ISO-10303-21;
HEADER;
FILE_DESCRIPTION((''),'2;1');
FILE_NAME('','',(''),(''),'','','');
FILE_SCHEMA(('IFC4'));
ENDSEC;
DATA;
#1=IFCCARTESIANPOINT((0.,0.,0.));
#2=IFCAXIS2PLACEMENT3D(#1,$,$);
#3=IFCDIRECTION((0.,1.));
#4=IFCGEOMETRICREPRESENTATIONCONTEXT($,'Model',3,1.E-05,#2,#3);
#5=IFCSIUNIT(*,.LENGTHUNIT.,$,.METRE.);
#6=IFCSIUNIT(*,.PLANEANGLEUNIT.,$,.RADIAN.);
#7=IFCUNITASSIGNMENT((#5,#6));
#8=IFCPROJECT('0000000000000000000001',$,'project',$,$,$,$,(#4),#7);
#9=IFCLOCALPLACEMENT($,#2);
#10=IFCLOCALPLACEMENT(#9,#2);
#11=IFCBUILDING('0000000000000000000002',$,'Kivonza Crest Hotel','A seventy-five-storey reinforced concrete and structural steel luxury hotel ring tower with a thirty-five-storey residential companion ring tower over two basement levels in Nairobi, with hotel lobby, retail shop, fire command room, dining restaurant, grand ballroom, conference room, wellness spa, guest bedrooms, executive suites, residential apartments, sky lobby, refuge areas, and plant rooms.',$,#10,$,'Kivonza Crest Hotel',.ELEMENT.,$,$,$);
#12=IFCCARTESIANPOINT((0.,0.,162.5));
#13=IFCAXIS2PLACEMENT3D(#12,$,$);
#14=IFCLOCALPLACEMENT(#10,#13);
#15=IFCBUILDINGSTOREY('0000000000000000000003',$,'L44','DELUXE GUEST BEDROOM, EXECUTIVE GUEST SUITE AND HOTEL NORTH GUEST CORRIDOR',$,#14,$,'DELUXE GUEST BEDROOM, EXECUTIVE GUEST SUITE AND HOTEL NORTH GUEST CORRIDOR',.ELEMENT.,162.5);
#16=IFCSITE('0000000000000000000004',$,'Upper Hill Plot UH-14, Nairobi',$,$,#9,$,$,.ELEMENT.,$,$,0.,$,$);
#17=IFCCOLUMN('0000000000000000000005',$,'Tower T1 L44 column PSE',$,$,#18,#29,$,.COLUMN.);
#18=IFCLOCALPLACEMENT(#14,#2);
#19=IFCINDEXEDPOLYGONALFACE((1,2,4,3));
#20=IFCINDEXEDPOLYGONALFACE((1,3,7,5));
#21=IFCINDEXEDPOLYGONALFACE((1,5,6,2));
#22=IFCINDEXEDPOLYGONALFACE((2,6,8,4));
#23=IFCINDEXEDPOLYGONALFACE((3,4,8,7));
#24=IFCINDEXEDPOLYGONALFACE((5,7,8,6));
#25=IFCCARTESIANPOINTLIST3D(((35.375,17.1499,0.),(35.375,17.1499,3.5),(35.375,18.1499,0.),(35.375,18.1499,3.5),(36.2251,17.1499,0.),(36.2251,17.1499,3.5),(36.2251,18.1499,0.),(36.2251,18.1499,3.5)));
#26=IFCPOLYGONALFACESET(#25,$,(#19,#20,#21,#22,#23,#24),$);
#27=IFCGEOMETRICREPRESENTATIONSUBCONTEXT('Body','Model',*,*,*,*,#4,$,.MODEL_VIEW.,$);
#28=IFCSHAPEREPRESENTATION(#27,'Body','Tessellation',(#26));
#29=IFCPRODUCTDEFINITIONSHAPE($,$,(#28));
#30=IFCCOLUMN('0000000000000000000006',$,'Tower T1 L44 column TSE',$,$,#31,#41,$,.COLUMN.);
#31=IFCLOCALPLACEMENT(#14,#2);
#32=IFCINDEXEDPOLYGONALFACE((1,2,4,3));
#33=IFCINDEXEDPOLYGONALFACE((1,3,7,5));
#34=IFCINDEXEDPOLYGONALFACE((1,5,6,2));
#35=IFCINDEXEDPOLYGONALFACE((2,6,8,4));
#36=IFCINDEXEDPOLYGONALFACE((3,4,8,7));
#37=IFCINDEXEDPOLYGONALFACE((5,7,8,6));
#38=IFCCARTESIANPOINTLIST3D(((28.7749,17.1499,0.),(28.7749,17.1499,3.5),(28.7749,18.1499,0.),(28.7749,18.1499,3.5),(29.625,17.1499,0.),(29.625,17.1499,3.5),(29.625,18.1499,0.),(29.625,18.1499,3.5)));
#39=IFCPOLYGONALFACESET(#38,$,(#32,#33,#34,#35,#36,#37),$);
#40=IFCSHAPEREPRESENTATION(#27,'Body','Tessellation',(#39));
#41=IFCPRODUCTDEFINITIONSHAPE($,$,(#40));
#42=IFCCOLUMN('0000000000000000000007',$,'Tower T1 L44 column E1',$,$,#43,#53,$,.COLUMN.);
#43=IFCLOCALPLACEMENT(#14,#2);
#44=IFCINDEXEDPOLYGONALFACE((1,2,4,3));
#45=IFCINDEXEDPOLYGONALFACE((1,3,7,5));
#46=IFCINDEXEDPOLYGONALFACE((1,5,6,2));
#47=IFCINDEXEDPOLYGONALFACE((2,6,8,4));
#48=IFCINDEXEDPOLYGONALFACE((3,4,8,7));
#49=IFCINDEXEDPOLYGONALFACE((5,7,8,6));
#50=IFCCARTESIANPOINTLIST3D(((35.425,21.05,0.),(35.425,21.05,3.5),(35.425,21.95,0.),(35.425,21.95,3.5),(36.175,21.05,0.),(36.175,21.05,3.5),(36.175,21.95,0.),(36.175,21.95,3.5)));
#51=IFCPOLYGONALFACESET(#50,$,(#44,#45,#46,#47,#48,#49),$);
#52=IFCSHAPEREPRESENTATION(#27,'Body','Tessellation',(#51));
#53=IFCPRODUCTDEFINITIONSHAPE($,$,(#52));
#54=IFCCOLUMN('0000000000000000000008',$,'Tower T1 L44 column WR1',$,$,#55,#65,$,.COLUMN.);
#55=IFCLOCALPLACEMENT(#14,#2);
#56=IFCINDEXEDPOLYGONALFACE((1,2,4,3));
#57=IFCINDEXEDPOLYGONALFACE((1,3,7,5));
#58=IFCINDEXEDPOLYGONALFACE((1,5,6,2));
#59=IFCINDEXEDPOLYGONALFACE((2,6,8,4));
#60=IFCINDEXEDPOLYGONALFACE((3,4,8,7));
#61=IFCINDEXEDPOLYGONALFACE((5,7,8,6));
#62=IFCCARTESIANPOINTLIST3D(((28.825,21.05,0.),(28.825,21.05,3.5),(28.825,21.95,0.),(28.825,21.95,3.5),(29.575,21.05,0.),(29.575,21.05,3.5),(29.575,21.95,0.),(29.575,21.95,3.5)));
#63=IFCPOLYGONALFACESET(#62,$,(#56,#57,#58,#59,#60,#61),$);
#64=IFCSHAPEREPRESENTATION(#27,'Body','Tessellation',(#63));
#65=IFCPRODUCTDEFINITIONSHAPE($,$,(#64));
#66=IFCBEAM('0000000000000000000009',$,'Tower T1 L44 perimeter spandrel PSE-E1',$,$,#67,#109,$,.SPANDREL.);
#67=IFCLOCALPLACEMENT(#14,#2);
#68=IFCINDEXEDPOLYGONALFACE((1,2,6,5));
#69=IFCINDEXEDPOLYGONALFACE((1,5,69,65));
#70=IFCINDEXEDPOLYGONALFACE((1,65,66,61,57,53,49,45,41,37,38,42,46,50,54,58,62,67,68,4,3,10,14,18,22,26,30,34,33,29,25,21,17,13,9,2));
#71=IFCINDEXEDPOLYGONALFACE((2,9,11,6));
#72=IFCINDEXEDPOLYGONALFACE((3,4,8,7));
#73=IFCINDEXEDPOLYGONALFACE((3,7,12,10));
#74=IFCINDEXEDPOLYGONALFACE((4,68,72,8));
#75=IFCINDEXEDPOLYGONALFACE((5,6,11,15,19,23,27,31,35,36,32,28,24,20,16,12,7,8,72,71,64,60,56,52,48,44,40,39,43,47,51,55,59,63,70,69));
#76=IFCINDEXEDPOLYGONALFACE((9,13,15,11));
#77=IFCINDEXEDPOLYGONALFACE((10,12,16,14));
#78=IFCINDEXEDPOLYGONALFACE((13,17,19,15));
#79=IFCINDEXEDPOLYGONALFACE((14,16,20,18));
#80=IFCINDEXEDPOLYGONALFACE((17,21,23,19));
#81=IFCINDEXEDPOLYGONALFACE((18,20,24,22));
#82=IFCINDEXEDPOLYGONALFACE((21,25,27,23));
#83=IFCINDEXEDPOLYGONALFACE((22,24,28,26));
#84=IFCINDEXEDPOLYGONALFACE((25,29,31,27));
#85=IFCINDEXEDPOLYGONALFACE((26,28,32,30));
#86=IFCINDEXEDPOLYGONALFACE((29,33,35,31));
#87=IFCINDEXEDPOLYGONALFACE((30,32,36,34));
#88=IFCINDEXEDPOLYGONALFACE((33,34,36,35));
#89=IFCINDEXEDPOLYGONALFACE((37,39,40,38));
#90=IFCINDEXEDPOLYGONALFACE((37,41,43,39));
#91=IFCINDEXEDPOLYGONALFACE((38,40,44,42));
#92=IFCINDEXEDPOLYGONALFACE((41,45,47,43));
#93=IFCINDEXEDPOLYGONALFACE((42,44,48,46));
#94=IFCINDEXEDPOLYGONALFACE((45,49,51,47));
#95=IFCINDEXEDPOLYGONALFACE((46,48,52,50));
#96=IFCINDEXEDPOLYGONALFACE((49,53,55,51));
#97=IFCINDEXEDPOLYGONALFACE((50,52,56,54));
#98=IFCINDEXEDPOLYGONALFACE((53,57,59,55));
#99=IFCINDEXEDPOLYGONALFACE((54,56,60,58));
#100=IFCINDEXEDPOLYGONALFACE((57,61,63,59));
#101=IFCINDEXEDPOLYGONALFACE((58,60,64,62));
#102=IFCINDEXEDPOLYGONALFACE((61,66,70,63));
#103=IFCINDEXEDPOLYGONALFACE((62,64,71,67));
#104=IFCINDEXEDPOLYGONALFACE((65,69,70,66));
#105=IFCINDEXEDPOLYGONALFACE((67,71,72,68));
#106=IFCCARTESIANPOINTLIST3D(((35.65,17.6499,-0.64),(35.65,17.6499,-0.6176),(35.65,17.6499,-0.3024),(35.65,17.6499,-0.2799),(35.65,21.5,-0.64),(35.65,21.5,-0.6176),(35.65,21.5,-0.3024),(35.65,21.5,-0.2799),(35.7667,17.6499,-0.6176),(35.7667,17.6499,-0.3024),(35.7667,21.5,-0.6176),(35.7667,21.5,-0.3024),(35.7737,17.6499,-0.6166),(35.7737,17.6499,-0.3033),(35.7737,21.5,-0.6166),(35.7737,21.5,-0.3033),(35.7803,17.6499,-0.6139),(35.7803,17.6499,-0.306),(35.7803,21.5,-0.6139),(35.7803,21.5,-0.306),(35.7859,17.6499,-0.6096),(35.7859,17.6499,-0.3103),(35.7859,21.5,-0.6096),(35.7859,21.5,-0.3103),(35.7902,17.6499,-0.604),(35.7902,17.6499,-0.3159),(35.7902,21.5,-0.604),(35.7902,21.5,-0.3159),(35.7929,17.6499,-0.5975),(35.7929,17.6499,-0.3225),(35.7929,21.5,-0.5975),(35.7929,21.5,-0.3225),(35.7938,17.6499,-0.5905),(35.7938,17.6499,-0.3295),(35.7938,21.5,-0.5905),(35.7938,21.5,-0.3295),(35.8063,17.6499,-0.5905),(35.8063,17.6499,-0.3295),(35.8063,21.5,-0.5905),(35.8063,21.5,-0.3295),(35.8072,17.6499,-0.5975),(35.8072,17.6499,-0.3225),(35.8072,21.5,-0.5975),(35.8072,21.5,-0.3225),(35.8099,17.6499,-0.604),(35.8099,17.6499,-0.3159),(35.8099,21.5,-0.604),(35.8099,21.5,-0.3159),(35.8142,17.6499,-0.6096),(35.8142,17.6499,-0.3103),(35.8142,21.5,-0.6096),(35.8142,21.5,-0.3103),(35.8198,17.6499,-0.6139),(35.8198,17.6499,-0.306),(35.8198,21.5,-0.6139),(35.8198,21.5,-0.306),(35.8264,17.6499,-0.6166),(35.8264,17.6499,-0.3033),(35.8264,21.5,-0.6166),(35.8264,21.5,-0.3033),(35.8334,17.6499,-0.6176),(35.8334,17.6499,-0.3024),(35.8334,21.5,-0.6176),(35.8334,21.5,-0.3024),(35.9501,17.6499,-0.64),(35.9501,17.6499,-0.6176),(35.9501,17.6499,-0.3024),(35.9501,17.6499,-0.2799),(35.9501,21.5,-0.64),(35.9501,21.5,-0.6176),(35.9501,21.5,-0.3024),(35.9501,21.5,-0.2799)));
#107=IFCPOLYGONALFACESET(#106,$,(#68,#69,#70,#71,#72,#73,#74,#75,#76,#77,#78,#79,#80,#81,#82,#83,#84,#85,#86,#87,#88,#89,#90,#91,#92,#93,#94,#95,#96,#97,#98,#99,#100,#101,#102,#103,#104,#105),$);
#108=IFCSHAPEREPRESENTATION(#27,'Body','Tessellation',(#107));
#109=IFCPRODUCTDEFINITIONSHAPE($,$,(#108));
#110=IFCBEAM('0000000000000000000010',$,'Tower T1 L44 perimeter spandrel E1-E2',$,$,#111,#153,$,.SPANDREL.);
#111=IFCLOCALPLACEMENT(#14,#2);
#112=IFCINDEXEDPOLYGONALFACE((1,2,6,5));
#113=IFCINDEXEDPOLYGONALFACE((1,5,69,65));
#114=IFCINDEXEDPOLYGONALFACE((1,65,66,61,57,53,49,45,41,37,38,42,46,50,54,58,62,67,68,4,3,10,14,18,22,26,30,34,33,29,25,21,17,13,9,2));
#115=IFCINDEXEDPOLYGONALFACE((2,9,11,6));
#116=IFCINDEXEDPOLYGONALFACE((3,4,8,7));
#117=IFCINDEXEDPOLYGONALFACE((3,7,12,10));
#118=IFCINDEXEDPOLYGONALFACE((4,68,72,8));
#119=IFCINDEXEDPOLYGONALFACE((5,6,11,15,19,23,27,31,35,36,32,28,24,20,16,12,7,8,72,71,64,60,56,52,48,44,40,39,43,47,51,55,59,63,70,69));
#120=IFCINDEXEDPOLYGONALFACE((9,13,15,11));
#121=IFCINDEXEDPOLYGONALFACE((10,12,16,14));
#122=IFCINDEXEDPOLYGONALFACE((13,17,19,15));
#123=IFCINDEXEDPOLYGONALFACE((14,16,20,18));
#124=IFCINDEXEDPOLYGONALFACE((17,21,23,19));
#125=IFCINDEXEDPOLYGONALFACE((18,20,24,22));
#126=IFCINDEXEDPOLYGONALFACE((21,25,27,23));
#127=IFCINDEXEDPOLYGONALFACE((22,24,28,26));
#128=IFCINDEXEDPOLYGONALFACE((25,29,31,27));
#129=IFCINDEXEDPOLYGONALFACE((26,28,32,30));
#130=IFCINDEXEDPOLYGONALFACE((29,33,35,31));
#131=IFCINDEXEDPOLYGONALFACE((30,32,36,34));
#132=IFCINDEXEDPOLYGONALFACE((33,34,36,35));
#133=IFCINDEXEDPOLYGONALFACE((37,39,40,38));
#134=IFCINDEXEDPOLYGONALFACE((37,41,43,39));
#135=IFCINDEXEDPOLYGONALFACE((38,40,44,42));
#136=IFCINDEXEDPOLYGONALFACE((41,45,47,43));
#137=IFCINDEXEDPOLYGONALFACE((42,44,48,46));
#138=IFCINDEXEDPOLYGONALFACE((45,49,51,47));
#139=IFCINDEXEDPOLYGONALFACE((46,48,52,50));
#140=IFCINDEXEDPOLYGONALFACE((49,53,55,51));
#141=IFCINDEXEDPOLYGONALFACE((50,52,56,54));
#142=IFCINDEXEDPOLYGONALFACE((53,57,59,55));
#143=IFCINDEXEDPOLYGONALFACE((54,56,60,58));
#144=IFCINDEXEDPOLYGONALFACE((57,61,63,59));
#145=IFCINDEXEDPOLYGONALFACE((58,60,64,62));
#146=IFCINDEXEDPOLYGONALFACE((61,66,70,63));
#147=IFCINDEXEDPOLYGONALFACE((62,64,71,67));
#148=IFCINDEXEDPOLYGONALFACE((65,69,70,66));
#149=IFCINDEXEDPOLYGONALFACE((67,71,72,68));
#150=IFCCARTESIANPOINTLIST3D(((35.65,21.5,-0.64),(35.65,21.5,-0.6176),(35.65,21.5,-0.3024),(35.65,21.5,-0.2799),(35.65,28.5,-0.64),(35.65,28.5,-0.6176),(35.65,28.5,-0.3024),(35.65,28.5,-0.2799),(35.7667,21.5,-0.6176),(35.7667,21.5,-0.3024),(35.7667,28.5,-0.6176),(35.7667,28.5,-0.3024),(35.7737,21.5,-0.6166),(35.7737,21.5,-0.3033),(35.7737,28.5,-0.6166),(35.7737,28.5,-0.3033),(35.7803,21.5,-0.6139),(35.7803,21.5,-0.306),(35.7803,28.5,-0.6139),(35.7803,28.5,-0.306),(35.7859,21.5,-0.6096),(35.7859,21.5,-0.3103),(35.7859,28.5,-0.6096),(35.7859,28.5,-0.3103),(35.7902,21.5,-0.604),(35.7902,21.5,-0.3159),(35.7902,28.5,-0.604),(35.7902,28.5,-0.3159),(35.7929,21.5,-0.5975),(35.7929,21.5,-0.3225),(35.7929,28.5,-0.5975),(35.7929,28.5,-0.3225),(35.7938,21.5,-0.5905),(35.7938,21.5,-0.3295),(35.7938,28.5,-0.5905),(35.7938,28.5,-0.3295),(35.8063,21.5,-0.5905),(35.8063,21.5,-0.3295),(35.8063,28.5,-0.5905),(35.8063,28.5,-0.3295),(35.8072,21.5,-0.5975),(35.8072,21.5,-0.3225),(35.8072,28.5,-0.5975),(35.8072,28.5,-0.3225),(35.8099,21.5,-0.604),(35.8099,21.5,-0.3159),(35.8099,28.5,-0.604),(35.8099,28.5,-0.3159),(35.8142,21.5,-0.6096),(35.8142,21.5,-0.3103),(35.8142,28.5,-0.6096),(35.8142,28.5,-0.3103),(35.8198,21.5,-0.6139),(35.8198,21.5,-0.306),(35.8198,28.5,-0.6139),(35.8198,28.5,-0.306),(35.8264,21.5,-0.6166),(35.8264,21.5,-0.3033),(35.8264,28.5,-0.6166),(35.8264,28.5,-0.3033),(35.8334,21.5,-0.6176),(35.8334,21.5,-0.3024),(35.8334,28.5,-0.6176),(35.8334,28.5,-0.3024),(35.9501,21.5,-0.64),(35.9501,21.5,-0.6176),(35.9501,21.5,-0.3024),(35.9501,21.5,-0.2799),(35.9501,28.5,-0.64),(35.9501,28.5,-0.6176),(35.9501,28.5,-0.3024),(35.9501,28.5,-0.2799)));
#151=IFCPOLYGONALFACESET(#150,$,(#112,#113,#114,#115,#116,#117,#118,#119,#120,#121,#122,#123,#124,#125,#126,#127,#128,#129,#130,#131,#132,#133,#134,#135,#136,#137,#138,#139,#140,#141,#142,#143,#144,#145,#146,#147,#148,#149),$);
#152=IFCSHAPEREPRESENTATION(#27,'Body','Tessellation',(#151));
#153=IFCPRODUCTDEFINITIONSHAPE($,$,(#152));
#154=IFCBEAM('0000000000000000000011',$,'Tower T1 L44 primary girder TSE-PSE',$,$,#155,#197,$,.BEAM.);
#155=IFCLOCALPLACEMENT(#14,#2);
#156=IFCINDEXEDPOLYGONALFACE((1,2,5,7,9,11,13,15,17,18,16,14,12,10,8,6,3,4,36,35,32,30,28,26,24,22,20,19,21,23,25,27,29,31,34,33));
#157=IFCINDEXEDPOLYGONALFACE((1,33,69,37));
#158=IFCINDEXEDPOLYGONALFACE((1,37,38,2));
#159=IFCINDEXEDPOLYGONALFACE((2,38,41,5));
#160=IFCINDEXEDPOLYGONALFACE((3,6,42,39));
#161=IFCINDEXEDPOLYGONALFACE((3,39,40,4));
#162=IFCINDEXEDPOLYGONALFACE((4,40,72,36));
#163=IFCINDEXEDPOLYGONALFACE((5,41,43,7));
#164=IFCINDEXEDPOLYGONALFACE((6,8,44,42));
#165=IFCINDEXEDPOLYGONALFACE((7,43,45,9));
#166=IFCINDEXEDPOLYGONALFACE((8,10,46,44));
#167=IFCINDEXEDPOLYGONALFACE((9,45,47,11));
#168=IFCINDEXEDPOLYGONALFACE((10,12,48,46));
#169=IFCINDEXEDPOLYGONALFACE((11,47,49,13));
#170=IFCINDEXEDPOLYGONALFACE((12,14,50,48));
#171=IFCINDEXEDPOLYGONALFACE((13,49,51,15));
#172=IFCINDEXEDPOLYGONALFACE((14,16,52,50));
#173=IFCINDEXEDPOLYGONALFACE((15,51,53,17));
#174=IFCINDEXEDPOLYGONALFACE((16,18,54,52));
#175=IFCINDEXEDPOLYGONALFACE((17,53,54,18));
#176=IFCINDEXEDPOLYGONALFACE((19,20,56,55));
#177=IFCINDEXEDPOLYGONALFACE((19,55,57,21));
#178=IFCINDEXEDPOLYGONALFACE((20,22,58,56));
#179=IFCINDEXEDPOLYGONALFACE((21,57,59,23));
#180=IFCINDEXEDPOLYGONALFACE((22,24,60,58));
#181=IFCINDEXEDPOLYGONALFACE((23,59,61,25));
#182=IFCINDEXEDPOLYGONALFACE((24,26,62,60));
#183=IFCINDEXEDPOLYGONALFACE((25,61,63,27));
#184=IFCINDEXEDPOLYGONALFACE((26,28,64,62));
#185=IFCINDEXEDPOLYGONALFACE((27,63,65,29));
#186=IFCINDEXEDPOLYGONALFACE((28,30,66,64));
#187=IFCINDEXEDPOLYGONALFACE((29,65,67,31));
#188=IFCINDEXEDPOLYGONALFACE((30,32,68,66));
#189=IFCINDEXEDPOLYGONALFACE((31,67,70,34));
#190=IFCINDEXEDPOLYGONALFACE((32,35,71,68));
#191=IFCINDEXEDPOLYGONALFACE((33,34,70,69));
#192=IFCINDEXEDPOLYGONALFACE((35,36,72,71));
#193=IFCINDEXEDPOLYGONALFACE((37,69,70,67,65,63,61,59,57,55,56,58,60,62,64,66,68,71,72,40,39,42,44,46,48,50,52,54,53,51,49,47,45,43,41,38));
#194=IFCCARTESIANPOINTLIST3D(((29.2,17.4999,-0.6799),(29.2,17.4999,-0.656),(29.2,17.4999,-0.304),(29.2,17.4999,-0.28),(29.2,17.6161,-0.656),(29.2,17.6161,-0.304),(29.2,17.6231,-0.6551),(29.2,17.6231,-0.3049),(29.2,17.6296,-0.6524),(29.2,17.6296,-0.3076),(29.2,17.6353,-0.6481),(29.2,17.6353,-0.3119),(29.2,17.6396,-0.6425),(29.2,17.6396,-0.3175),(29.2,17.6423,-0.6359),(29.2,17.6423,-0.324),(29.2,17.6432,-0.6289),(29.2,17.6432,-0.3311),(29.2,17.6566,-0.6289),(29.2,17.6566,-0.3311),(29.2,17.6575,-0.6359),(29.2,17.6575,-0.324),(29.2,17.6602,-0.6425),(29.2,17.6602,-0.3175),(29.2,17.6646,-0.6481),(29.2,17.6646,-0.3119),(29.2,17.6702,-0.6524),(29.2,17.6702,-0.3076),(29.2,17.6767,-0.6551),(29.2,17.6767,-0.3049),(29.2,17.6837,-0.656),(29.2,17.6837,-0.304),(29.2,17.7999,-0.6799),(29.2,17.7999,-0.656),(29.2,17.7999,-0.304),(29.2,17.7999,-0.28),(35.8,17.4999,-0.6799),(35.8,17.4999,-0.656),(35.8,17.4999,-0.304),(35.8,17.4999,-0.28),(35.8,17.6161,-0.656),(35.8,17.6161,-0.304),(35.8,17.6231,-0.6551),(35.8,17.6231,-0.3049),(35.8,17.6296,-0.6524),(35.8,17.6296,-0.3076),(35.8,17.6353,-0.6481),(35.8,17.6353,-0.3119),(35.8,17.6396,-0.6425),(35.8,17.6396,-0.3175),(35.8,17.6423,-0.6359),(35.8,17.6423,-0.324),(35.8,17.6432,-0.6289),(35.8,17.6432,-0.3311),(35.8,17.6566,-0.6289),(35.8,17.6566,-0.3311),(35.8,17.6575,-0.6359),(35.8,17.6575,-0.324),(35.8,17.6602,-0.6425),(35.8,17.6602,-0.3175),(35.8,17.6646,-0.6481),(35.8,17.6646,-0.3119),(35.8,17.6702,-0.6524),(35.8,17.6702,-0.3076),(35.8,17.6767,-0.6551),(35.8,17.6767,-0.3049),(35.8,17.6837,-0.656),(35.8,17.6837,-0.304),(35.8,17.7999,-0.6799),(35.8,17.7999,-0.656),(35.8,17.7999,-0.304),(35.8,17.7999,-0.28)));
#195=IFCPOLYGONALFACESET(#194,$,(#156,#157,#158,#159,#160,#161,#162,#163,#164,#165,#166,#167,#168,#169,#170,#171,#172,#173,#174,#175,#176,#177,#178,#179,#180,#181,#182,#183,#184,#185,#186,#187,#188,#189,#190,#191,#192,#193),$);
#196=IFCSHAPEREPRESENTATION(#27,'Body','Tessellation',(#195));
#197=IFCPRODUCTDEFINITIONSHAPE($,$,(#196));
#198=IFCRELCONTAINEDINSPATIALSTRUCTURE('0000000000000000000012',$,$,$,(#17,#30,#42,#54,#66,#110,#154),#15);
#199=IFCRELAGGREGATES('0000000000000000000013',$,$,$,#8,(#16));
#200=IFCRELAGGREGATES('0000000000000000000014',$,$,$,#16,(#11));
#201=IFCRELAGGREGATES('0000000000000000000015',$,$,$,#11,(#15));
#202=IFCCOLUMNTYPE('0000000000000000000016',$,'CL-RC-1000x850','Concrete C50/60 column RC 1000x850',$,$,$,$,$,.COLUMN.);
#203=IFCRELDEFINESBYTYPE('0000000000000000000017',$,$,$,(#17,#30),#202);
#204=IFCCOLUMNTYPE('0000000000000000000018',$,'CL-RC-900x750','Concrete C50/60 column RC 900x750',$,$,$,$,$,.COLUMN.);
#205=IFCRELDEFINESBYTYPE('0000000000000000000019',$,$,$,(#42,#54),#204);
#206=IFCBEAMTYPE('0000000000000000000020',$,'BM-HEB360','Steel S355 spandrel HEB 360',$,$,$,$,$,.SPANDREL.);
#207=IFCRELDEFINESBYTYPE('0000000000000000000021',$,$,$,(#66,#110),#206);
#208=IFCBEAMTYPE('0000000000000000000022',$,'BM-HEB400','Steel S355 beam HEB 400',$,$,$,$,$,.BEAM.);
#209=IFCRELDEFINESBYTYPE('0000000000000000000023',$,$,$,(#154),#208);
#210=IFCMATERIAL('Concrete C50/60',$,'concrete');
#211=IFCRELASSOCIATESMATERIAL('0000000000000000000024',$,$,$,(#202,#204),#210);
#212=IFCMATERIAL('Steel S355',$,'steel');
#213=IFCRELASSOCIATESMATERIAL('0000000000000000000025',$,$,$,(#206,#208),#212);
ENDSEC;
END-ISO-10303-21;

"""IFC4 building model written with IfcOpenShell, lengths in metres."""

from ifc_helpers import new_model, si_unit, direction, frame, origin, origin_2d, place, context, subcontext, project, spatial, rectangle, i_section, extrude, material, material_profile, profile_set, type_object, element, save


model = new_model("IFC4")

# Units and contexts
model_context = context("Model", 3, precision=1e-05, world=origin(), true_north=direction((0.0, 1.0)))
body_context = subcontext(model_context, "Body", "Model", "MODEL_VIEW")
ifc_project = project(units=[si_unit("LENGTHUNIT", "METRE"), si_unit("PLANEANGLEUNIT", "RADIAN")], contexts=[model_context])

# Site, building, storey
site_placement = place(None, origin())
site = spatial("IfcSite", under=ifc_project, at=site_placement, Name="Upper Hill Plot UH-14, Nairobi", CompositionType="ELEMENT", RefElevation=0.0)
building_placement = place(site_placement, origin())
building = spatial("IfcBuilding", under=site, at=building_placement, Name="Kivonza Crest Hotel", Description="A seventy-five-storey reinforced concrete and structural steel luxury hotel ring tower with a thirty-five-storey residential companion ring tower over two basement levels in Nairobi, with hotel lobby, retail shop, fire command room, dining restaurant, grand ballroom, conference room, wellness spa, guest bedrooms, executive suites, residential apartments, sky lobby, refuge areas, and plant rooms.", LongName="Kivonza Crest Hotel", CompositionType="ELEMENT")
storey_placement = place(building_placement, frame((0.0, 0.0, 162.5)))
storey = spatial("IfcBuildingStorey", under=building, at=storey_placement, Name="L44", Description="DELUXE GUEST BEDROOM, EXECUTIVE GUEST SUITE AND HOTEL NORTH GUEST CORRIDOR", LongName="DELUXE GUEST BEDROOM, EXECUTIVE GUEST SUITE AND HOTEL NORTH GUEST CORRIDOR", CompositionType="ELEMENT", Elevation=162.5)

# Columns
ifc_material_1 = material(Name="Concrete C50/60", Category="concrete")
ifc_material_profile_1 = material_profile(ifc_material_1, rectangle(XDim=0.8501, YDim=1.0, at=origin_2d()), Name="RC 1000x850")
ifc_profile_set_1 = profile_set([ifc_material_profile_1], Name="Concrete C50/60")
column_type_1 = type_object("IfcColumnType", Name="CL-RC-1000x850", Description="Concrete C50/60 column RC 1000x850", PredefinedType="COLUMN", material=ifc_profile_set_1)
for number, where, z_axis, x_axis, name in (
    (1, (35.8, 17.6499, 0.0), (0.0, 0.0, 1.0), (1.0, 0.0, 0.0), "Tower T1 L44 column PSE"),
    (2, (29.2, 17.6499, 0.0), (0.0, 0.0, 1.0), (1.0, 0.0, 0.0), "Tower T1 L44 column TSE"),
):
    element("IfcColumn", number, at=place(storey_placement, frame(where, z_axis=z_axis, x_axis=x_axis)), inside=storey, type_object=column_type_1, Name=name, PredefinedType="COLUMN", context=body_context, shape_type="SweptSolid", body=[
        extrude(rectangle(XDim=0.8501, YDim=1.0, at=origin_2d()), origin(), (0.0, 0.0, 1.0), 3.5),
    ])
ifc_material_profile_2 = material_profile(ifc_material_1, rectangle(XDim=0.75, YDim=0.8999, at=origin_2d()), Name="RC 900x750")
ifc_profile_set_2 = profile_set([ifc_material_profile_2], Name="Concrete C50/60")
column_type_2 = type_object("IfcColumnType", Name="CL-RC-900x750", Description="Concrete C50/60 column RC 900x750", PredefinedType="COLUMN", material=ifc_profile_set_2)
for number, where, z_axis, x_axis, name in (
    (3, (35.8, 21.5, 0.0), (0.0, 0.0, 1.0), (1.0, 0.0, 0.0), "Tower T1 L44 column E1"),
    (4, (29.2, 21.5, 0.0), (0.0, 0.0, 1.0), (1.0, 0.0, 0.0), "Tower T1 L44 column WR1"),
):
    element("IfcColumn", number, at=place(storey_placement, frame(where, z_axis=z_axis, x_axis=x_axis)), inside=storey, type_object=column_type_2, Name=name, PredefinedType="COLUMN", context=body_context, shape_type="SweptSolid", body=[
        extrude(rectangle(XDim=0.75, YDim=0.8999, at=origin_2d()), origin(), (0.0, 0.0, 1.0), 3.5),
    ])

# Beams
ifc_material_2 = material(Name="Steel S355", Category="steel")
ifc_material_profile_3 = material_profile(ifc_material_2, i_section(OverallWidth=0.3, OverallDepth=0.3601, WebThickness=0.0125, FlangeThickness=0.0225, FilletRadius=0.0271, at=origin_2d()), Name="HEB 360")
ifc_profile_set_3 = profile_set([ifc_material_profile_3], Name="Steel S355")
beam_type_1 = type_object("IfcBeamType", Name="BM-HEB360", Description="Steel S355 spandrel HEB 360", PredefinedType="SPANDREL", material=ifc_profile_set_3)
beam_1_placement = place(storey_placement, frame((35.8, 17.6499, -0.46), z_axis=(0.0, 1.0, 0.0), x_axis=(-1.0, 0.0, 0.0)))
element("IfcBeam", 5, at=beam_1_placement, inside=storey, type_object=beam_type_1, Name="Tower T1 L44 perimeter spandrel PSE-E1", PredefinedType="SPANDREL", context=body_context, shape_type="SweptSolid", body=[
    extrude(i_section(OverallWidth=0.3, OverallDepth=0.3601, WebThickness=0.0125, FlangeThickness=0.0225, FilletRadius=0.0271, at=origin_2d()), origin(), (0.0, 0.0, 1.0), 3.8501),
])
beam_2_placement = place(storey_placement, frame((35.8, 21.5, -0.46), z_axis=(0.0, 1.0, 0.0), x_axis=(-1.0, 0.0, 0.0)))
element("IfcBeam", 6, at=beam_2_placement, inside=storey, type_object=beam_type_1, Name="Tower T1 L44 perimeter spandrel E1-E2", PredefinedType="SPANDREL", context=body_context, shape_type="SweptSolid", body=[
    extrude(i_section(OverallWidth=0.3, OverallDepth=0.3601, WebThickness=0.0125, FlangeThickness=0.0225, FilletRadius=0.0271, at=origin_2d()), origin(), (0.0, 0.0, 1.0), 7.0),
])
ifc_material_profile_4 = material_profile(ifc_material_2, i_section(OverallWidth=0.3, OverallDepth=0.3999, WebThickness=0.0134, FlangeThickness=0.0239, FilletRadius=0.0271, at=origin_2d()), Name="HEB 400")
ifc_profile_set_4 = profile_set([ifc_material_profile_4], Name="Steel S355")
beam_type_2 = type_object("IfcBeamType", Name="BM-HEB400", Description="Steel S355 beam HEB 400", PredefinedType="BEAM", material=ifc_profile_set_4)
beam_3_placement = place(storey_placement, frame((29.2, 17.6499, -0.48), z_axis=(1.0, 0.0, 0.0), x_axis=(0.0, 1.0, 0.0)))
element("IfcBeam", 7, at=beam_3_placement, inside=storey, type_object=beam_type_2, Name="Tower T1 L44 primary girder TSE-PSE", PredefinedType="BEAM", context=body_context, shape_type="SweptSolid", body=[
    extrude(i_section(OverallWidth=0.3, OverallDepth=0.3999, WebThickness=0.0134, FlangeThickness=0.0239, FilletRadius=0.0271, at=origin_2d()), origin(), (0.0, 0.0, 1.0), 6.6001),
])

save(model, "model.ifc")
